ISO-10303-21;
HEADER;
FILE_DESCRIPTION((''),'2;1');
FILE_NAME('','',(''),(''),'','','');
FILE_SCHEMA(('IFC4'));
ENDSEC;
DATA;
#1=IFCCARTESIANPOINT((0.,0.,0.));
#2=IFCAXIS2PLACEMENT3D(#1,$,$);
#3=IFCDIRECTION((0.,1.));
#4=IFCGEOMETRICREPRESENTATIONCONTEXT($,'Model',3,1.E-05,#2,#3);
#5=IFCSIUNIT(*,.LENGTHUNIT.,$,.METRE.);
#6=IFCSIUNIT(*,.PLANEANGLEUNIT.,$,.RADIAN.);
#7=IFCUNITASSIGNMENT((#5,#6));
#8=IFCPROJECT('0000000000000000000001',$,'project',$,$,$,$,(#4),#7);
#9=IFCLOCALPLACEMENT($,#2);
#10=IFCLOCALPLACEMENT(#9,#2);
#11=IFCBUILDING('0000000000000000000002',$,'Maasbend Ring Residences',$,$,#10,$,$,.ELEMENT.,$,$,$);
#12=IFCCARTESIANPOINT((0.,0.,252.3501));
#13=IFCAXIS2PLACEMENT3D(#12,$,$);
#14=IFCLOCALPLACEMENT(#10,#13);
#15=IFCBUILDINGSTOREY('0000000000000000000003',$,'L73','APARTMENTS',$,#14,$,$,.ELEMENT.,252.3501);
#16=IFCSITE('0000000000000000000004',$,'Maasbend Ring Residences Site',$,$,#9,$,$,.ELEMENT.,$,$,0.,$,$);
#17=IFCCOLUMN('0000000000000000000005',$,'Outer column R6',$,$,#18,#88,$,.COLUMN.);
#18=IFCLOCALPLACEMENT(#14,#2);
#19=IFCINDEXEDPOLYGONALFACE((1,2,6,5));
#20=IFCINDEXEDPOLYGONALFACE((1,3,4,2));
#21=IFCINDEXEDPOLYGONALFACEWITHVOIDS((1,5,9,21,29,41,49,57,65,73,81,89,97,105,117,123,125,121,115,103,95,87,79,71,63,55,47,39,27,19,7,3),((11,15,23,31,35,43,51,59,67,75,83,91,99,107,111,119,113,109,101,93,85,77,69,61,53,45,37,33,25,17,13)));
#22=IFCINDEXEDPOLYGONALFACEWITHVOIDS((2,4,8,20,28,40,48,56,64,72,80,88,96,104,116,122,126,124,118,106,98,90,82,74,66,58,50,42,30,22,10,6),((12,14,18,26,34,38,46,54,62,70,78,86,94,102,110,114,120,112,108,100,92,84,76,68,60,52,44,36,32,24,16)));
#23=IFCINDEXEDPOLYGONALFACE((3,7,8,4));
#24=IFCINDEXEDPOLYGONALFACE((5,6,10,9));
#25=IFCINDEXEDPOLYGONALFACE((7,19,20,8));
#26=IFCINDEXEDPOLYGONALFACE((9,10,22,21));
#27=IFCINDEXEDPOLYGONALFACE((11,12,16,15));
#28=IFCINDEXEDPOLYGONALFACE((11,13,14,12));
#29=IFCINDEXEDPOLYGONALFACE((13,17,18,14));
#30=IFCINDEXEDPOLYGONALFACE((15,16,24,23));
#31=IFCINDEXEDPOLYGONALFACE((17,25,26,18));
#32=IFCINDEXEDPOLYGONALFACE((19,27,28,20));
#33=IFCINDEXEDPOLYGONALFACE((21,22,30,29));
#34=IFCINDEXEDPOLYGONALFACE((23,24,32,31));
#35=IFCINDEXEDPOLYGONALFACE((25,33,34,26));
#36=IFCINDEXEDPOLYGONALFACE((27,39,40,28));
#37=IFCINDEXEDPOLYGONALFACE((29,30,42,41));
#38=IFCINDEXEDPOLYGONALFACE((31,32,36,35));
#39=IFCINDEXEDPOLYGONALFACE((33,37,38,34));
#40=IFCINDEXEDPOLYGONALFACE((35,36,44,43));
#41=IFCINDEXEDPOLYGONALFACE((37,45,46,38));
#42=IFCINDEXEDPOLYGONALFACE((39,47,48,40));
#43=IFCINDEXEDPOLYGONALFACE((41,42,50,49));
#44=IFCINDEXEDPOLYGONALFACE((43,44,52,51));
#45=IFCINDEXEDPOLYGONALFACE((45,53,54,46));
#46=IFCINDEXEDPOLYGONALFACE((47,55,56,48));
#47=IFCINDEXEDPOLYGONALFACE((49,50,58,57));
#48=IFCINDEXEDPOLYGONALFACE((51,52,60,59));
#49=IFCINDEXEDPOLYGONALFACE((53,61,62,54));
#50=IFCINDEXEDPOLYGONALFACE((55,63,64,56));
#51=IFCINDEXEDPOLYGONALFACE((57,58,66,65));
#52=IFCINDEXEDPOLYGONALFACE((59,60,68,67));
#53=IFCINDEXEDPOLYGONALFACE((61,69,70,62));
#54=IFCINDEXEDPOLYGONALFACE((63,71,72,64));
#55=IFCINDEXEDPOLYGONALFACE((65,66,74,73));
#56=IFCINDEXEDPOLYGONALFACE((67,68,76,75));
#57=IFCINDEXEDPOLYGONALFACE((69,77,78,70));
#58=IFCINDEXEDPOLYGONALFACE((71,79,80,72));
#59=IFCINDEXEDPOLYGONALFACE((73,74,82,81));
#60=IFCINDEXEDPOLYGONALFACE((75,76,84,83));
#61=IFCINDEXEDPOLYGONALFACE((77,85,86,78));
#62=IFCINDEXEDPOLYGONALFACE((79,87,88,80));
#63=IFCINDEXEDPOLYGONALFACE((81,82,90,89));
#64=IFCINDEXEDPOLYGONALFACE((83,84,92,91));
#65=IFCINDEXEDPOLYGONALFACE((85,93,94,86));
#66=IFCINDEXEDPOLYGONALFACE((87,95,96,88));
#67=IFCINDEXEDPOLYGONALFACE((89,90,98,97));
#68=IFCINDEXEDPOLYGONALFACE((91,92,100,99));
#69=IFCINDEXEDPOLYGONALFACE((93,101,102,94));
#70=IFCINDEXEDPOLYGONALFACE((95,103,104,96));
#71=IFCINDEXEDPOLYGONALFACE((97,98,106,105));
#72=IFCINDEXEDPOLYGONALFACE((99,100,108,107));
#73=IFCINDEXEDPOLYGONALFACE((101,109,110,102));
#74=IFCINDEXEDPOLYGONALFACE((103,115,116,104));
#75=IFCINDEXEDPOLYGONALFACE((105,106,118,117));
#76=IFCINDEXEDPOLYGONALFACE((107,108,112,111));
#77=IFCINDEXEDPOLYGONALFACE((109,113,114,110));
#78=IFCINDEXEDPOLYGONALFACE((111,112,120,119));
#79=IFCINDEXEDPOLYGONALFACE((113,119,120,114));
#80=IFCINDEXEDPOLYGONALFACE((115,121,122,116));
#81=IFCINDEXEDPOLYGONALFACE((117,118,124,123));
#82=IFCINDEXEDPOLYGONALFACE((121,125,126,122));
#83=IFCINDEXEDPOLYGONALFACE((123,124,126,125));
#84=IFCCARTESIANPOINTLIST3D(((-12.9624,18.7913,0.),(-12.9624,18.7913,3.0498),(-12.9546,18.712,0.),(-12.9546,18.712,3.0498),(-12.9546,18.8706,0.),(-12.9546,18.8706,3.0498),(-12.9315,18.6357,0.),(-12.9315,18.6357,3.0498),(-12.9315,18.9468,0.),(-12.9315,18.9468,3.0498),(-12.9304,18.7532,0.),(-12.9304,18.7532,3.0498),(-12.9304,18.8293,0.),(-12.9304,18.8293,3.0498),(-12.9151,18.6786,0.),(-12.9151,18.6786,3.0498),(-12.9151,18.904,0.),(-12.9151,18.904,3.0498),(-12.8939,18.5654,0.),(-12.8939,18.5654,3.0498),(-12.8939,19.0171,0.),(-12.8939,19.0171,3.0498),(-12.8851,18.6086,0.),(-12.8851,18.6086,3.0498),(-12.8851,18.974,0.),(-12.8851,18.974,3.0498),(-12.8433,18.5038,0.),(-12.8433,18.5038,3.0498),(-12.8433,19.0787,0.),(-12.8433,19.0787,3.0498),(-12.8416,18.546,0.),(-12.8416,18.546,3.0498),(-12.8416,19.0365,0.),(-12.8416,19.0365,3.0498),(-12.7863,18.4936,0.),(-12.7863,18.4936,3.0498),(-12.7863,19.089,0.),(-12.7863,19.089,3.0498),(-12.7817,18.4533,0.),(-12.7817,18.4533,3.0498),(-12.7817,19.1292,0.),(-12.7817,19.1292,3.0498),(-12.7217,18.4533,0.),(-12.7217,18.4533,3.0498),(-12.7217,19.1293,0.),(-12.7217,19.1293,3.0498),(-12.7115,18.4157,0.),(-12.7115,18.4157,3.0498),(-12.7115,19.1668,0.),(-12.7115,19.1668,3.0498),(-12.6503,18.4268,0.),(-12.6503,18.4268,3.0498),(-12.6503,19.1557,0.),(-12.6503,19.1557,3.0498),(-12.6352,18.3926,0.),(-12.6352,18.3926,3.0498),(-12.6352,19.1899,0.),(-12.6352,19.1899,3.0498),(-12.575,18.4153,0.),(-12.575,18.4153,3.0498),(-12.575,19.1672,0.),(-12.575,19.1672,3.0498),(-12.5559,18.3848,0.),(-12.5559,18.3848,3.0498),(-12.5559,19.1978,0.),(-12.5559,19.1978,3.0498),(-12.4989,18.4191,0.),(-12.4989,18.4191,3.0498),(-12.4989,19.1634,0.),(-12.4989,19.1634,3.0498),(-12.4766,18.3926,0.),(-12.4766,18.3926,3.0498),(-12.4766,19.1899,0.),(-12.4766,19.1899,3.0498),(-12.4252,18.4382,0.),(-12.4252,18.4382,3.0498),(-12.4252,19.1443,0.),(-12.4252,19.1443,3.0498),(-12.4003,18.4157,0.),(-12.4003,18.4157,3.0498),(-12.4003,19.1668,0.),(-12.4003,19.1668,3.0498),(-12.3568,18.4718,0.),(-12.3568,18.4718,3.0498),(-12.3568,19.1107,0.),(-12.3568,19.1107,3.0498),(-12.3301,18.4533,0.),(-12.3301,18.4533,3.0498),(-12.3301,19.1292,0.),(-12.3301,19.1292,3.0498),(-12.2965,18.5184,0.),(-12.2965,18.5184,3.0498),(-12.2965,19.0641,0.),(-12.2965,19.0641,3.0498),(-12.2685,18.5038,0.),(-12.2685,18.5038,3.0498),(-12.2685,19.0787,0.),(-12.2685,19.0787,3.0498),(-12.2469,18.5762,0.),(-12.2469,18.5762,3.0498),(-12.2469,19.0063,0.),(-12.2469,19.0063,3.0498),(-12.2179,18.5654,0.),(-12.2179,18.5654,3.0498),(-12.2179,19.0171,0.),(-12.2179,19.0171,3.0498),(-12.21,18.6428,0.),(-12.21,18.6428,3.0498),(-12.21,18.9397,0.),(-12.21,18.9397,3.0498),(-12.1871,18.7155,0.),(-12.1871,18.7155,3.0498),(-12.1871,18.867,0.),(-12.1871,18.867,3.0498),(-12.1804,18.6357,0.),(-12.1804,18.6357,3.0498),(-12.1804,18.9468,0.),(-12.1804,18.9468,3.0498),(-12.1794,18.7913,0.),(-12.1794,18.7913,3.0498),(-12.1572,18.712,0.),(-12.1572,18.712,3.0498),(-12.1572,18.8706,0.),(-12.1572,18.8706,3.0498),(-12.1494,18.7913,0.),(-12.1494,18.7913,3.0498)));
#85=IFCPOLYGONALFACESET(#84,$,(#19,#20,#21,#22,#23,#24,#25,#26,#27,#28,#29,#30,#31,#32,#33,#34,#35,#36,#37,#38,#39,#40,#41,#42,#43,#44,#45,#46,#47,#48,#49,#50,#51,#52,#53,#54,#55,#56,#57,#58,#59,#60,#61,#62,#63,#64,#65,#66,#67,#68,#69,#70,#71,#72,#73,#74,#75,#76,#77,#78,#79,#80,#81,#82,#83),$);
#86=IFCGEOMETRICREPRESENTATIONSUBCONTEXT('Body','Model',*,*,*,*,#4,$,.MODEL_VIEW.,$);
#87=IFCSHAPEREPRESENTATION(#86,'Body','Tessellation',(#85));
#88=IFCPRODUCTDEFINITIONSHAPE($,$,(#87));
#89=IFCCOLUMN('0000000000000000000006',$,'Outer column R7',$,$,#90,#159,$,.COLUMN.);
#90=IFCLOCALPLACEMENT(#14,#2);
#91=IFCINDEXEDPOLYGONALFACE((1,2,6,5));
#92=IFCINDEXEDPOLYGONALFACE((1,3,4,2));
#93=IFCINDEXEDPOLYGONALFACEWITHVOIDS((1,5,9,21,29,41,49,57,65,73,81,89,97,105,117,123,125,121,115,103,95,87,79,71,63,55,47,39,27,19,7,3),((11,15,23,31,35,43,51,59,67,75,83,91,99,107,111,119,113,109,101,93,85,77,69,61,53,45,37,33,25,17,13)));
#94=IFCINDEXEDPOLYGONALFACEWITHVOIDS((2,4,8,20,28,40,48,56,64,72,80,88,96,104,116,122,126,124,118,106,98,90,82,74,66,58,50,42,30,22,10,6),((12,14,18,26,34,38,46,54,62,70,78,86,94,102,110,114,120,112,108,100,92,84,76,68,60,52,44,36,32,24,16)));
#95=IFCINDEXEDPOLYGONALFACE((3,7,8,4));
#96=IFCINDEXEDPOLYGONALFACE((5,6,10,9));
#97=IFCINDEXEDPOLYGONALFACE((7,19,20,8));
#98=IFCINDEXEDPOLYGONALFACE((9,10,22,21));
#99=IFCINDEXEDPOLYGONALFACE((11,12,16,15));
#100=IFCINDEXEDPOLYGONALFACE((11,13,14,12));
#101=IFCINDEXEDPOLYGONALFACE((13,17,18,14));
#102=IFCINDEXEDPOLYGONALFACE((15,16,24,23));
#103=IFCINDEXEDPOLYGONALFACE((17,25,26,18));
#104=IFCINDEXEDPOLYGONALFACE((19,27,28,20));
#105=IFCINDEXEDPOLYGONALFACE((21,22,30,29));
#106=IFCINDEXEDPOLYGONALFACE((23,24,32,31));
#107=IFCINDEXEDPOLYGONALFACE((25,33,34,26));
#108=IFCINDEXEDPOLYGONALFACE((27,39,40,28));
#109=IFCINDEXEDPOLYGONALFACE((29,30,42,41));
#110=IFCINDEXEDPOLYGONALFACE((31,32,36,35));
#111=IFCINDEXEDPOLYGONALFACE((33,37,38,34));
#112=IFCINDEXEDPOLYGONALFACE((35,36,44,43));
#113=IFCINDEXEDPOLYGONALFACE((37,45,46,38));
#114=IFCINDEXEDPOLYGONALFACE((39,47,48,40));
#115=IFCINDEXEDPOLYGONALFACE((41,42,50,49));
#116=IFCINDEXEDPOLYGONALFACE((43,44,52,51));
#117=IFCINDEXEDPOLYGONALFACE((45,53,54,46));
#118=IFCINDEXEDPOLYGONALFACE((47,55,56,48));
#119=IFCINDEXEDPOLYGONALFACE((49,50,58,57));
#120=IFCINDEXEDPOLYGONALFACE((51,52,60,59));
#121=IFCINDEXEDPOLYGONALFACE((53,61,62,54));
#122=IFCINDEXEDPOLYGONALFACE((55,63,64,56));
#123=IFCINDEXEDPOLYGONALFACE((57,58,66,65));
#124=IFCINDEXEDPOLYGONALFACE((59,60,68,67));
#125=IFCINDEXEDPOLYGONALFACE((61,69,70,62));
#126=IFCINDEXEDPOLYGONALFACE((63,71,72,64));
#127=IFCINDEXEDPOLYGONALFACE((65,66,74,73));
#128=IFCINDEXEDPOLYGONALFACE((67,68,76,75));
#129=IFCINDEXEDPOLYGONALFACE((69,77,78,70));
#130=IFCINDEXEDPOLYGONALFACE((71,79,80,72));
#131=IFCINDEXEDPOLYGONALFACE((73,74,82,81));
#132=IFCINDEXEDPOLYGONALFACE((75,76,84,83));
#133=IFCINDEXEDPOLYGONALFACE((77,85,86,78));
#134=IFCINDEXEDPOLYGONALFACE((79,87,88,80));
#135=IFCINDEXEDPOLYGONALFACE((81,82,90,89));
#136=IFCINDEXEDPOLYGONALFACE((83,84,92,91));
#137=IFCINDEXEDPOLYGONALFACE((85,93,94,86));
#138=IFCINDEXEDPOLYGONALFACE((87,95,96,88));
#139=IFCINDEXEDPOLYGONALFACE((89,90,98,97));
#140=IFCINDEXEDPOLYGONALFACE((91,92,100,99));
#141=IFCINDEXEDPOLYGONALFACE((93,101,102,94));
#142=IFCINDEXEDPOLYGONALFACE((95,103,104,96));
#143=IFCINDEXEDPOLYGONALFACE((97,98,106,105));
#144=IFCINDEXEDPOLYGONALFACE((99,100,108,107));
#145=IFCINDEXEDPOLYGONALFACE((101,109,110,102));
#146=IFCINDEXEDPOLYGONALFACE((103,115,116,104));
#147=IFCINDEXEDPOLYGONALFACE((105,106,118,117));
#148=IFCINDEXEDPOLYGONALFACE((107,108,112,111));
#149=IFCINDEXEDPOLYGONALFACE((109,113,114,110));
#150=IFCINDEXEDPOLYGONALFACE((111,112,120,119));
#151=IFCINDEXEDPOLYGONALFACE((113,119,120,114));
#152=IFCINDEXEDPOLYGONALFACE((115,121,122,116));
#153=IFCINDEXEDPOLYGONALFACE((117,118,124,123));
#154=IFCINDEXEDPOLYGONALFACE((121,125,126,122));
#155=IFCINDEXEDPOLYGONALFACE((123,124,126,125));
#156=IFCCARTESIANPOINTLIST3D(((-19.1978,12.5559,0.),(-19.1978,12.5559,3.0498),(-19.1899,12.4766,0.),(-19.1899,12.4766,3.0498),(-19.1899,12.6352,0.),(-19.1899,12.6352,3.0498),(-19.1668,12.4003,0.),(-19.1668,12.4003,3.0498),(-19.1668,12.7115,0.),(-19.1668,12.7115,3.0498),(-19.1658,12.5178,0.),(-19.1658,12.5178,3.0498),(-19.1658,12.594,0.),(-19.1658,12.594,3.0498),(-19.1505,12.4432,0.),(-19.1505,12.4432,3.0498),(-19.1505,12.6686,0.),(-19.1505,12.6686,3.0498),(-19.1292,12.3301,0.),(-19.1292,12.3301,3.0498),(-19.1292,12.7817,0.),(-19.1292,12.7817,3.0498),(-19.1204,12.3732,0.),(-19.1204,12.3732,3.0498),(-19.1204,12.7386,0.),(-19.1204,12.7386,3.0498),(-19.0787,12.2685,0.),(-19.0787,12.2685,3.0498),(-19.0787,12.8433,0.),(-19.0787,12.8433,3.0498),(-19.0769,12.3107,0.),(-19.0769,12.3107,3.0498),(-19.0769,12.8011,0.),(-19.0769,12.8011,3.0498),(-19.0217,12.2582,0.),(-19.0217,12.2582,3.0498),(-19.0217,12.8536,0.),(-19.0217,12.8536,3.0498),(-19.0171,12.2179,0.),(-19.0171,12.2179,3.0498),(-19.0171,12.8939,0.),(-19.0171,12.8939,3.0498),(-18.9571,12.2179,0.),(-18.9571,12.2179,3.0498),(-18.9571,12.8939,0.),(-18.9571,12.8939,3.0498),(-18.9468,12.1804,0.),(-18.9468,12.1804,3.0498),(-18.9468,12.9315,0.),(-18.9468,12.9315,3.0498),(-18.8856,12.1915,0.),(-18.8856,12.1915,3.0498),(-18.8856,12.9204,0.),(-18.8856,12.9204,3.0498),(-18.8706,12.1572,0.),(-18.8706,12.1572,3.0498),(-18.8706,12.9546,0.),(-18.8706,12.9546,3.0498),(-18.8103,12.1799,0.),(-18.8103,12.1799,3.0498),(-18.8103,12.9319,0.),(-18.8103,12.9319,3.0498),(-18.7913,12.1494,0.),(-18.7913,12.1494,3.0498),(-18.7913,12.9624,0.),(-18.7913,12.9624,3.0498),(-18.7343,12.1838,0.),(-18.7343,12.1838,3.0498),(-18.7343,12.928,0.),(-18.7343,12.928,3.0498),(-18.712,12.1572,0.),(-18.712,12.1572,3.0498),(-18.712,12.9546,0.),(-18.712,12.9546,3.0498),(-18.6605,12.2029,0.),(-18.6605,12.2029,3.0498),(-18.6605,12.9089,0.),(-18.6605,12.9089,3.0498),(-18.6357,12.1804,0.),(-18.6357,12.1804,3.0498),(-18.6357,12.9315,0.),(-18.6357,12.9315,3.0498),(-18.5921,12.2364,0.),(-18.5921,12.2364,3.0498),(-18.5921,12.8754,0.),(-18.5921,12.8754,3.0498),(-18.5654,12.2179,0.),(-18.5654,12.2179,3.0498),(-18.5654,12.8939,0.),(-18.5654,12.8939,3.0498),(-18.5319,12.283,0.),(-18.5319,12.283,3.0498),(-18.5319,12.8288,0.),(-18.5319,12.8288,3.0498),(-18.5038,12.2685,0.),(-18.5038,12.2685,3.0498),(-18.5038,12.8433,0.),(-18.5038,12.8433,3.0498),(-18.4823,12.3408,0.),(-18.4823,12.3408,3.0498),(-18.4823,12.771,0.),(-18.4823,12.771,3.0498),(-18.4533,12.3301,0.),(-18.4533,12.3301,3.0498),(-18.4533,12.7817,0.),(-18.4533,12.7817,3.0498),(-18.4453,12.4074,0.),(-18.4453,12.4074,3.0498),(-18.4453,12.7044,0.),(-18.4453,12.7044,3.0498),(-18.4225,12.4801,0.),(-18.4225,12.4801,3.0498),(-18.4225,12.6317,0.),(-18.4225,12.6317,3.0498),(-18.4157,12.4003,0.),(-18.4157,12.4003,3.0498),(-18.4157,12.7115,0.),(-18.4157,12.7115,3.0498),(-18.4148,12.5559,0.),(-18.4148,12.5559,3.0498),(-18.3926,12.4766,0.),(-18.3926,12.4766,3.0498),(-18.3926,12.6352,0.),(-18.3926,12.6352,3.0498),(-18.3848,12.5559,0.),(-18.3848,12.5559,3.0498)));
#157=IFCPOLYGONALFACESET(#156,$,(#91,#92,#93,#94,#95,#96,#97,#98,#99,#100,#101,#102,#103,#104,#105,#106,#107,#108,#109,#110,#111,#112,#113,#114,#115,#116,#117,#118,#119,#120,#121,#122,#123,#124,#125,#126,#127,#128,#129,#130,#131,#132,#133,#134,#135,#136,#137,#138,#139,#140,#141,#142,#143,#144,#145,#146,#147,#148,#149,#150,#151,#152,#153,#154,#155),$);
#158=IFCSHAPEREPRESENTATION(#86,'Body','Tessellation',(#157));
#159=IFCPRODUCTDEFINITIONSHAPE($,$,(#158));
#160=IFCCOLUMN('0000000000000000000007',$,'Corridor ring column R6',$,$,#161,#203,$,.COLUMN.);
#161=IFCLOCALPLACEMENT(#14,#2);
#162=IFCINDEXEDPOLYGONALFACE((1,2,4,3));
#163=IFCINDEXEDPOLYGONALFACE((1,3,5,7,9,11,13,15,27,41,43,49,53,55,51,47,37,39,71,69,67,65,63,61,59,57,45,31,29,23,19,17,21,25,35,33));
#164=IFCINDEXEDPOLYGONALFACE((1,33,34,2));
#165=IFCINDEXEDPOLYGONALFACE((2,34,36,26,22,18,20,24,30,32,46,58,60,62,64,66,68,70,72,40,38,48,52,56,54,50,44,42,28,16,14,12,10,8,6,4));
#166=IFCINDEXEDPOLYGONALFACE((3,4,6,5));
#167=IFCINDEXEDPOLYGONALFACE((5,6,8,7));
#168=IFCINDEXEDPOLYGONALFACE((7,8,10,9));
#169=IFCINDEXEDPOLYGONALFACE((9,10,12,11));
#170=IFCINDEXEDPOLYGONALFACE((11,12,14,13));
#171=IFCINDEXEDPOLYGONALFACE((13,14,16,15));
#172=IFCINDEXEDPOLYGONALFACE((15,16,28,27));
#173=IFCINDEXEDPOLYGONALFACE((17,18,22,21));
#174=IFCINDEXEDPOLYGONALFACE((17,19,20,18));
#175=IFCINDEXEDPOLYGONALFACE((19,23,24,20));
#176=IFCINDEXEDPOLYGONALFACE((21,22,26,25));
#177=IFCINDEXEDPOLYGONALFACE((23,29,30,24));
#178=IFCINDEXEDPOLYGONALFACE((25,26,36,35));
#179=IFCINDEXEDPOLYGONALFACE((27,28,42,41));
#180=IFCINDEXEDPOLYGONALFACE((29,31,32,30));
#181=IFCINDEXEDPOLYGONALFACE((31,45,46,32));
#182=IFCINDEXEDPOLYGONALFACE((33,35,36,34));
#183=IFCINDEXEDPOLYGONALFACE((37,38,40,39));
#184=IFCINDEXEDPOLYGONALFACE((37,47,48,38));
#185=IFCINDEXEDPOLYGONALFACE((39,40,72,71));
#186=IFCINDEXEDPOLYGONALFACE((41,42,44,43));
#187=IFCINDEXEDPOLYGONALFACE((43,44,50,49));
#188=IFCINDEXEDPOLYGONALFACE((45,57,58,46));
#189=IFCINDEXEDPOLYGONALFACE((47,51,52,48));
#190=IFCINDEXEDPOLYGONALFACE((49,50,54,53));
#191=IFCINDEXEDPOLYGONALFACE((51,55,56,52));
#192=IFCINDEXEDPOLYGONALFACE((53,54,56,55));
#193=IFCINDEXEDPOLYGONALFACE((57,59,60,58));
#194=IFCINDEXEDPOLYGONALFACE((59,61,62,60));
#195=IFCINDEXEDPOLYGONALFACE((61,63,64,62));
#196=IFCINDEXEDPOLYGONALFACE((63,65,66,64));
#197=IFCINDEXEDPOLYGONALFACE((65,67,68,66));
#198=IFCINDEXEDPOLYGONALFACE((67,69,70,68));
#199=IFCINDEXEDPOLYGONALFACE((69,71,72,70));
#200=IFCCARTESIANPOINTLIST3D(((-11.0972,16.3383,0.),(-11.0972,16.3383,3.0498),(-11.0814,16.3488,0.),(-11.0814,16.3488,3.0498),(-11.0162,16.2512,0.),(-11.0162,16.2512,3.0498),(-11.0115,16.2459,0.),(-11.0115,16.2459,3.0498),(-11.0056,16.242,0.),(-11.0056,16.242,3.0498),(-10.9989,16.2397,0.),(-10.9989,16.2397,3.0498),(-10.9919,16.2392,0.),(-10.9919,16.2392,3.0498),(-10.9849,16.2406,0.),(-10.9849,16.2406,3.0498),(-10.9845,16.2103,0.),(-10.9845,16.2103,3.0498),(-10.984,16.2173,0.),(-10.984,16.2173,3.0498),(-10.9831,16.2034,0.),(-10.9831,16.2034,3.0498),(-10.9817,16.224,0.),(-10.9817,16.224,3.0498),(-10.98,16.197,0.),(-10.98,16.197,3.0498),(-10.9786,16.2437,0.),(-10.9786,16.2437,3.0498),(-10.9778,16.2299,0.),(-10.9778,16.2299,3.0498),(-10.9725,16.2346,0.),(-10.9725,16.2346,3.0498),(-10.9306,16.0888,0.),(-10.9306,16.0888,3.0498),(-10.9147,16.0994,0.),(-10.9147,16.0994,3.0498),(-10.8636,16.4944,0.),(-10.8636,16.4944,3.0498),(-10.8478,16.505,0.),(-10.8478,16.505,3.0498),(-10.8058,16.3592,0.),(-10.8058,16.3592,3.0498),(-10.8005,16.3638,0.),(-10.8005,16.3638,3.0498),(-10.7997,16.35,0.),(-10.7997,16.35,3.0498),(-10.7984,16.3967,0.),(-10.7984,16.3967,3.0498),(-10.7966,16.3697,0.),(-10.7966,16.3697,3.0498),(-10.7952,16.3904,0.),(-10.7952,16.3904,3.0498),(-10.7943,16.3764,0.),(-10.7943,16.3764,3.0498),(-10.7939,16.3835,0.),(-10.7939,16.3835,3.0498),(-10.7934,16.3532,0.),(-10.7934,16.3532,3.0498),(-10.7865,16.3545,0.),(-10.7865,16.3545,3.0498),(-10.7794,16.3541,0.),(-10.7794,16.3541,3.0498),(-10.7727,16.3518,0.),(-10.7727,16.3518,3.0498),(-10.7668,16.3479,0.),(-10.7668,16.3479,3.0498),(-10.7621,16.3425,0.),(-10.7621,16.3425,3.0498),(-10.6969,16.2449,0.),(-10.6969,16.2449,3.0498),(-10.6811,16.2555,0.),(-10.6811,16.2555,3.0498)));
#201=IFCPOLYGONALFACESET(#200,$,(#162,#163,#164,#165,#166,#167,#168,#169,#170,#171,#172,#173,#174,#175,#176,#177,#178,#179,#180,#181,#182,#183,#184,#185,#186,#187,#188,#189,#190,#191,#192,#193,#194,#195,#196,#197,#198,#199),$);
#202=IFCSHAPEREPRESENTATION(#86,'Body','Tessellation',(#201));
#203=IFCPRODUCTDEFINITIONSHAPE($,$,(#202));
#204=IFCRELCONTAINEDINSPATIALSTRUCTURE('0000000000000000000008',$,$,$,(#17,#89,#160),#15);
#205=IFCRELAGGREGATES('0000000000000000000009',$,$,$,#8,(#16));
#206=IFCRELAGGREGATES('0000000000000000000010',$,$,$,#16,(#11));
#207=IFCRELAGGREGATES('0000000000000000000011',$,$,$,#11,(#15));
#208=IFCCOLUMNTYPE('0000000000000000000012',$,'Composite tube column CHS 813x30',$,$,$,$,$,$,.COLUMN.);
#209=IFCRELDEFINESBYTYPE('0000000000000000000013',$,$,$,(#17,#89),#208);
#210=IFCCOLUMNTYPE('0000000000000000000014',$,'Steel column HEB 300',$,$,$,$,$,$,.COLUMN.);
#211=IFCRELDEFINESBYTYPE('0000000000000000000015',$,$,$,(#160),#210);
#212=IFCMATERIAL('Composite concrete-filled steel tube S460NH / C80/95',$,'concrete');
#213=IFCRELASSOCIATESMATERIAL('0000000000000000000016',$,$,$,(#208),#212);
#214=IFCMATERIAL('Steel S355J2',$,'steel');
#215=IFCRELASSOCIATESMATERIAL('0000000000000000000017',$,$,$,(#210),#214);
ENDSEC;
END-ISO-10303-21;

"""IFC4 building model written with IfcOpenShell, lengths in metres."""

from ifc_helpers import new_model, si_unit, direction, frame, origin, origin_2d, place, context, subcontext, project, spatial, hollow_circle, i_section, extrude, material, material_profile, profile_set, type_object, element, save


model = new_model("IFC4")

# Units and contexts
model_context = context("Model", 3, precision=1e-05, world=origin(), true_north=direction((0.0, 1.0)))
body_context = subcontext(model_context, "Body", "Model", "MODEL_VIEW")
ifc_project = project(units=[si_unit("LENGTHUNIT", "METRE"), si_unit("PLANEANGLEUNIT", "RADIAN")], contexts=[model_context])

# Site, building, storey
site_placement = place(None, origin())
site = spatial("IfcSite", under=ifc_project, at=site_placement, Name="Maasbend Ring Residences Site", CompositionType="ELEMENT", RefElevation=0.0)
building_placement = place(site_placement, origin())
building = spatial("IfcBuilding", under=site, at=building_placement, Name="Maasbend Ring Residences", CompositionType="ELEMENT")
storey_placement = place(building_placement, frame((0.0, 0.0, 252.3501)))
storey = spatial("IfcBuildingStorey", under=building, at=storey_placement, Name="L73", Description="APARTMENTS", CompositionType="ELEMENT", Elevation=252.3501)

# Columns
ifc_material_1 = material(Name="Composite concrete-filled steel tube S460NH / C80/95", Category="concrete")
ifc_material_profile_1 = material_profile(ifc_material_1, hollow_circle(Radius=0.4065, WallThickness=0.03, at=origin_2d()), Name="Composite tube column CHS 813x30")
ifc_profile_set_1 = profile_set([ifc_material_profile_1], Name="Composite concrete-filled steel tube S460NH / C80/95")
column_type_1 = type_object("IfcColumnType", Name="Composite tube column CHS 813x30", PredefinedType="COLUMN", material=ifc_profile_set_1)
for number, where, z_axis, x_axis, name in (
    (1, (-12.5559, 18.7913, 0.0), (0.0, 0.0, 1.0), (1.0, 0.0, 0.0), "Outer column R6"),
    (2, (-18.7913, 12.5559, 0.0), (0.0, 0.0, 1.0), (1.0, 0.0, 0.0), "Outer column R7"),
):
    element("IfcColumn", number, at=place(storey_placement, frame(where, z_axis=z_axis, x_axis=x_axis)), inside=storey, type_object=column_type_1, Name=name, PredefinedType="COLUMN", context=body_context, shape_type="SweptSolid", body=[
        extrude(hollow_circle(Radius=0.4065, WallThickness=0.03, at=origin_2d()), origin(), (0.0, 0.0, 1.0), 3.0498),
    ])
ifc_material_2 = material(Name="Steel S355J2", Category="steel")
ifc_material_profile_2 = material_profile(ifc_material_2, i_section(OverallWidth=0.3, OverallDepth=0.3, WebThickness=0.011, FlangeThickness=0.019, FilletRadius=0.0271, at=origin_2d()), Name="HEB 300")
ifc_profile_set_2 = profile_set([ifc_material_profile_2], Name="Steel S355J2")
column_type_2 = type_object("IfcColumnType", Name="Steel column HEB 300", PredefinedType="COLUMN", material=ifc_profile_set_2)
for number, where, z_axis, x_axis, name in (
    (3, (-10.8892, 16.2969, 0.0), (0.0, 0.0, 1.0), (-0.55557, 0.83147, 0.0), "Corridor ring column R6"),
):
    element("IfcColumn", number, at=place(storey_placement, frame(where, z_axis=z_axis, x_axis=x_axis)), inside=storey, type_object=column_type_2, Name=name, PredefinedType="COLUMN", context=body_context, shape_type="SweptSolid", body=[
        extrude(i_section(OverallWidth=0.3, OverallDepth=0.3, WebThickness=0.011, FlangeThickness=0.019, FilletRadius=0.0271, at=origin_2d()), origin(), (0.0, 0.0, 1.0), 3.0498),
    ])

save(model, "model.ifc")
